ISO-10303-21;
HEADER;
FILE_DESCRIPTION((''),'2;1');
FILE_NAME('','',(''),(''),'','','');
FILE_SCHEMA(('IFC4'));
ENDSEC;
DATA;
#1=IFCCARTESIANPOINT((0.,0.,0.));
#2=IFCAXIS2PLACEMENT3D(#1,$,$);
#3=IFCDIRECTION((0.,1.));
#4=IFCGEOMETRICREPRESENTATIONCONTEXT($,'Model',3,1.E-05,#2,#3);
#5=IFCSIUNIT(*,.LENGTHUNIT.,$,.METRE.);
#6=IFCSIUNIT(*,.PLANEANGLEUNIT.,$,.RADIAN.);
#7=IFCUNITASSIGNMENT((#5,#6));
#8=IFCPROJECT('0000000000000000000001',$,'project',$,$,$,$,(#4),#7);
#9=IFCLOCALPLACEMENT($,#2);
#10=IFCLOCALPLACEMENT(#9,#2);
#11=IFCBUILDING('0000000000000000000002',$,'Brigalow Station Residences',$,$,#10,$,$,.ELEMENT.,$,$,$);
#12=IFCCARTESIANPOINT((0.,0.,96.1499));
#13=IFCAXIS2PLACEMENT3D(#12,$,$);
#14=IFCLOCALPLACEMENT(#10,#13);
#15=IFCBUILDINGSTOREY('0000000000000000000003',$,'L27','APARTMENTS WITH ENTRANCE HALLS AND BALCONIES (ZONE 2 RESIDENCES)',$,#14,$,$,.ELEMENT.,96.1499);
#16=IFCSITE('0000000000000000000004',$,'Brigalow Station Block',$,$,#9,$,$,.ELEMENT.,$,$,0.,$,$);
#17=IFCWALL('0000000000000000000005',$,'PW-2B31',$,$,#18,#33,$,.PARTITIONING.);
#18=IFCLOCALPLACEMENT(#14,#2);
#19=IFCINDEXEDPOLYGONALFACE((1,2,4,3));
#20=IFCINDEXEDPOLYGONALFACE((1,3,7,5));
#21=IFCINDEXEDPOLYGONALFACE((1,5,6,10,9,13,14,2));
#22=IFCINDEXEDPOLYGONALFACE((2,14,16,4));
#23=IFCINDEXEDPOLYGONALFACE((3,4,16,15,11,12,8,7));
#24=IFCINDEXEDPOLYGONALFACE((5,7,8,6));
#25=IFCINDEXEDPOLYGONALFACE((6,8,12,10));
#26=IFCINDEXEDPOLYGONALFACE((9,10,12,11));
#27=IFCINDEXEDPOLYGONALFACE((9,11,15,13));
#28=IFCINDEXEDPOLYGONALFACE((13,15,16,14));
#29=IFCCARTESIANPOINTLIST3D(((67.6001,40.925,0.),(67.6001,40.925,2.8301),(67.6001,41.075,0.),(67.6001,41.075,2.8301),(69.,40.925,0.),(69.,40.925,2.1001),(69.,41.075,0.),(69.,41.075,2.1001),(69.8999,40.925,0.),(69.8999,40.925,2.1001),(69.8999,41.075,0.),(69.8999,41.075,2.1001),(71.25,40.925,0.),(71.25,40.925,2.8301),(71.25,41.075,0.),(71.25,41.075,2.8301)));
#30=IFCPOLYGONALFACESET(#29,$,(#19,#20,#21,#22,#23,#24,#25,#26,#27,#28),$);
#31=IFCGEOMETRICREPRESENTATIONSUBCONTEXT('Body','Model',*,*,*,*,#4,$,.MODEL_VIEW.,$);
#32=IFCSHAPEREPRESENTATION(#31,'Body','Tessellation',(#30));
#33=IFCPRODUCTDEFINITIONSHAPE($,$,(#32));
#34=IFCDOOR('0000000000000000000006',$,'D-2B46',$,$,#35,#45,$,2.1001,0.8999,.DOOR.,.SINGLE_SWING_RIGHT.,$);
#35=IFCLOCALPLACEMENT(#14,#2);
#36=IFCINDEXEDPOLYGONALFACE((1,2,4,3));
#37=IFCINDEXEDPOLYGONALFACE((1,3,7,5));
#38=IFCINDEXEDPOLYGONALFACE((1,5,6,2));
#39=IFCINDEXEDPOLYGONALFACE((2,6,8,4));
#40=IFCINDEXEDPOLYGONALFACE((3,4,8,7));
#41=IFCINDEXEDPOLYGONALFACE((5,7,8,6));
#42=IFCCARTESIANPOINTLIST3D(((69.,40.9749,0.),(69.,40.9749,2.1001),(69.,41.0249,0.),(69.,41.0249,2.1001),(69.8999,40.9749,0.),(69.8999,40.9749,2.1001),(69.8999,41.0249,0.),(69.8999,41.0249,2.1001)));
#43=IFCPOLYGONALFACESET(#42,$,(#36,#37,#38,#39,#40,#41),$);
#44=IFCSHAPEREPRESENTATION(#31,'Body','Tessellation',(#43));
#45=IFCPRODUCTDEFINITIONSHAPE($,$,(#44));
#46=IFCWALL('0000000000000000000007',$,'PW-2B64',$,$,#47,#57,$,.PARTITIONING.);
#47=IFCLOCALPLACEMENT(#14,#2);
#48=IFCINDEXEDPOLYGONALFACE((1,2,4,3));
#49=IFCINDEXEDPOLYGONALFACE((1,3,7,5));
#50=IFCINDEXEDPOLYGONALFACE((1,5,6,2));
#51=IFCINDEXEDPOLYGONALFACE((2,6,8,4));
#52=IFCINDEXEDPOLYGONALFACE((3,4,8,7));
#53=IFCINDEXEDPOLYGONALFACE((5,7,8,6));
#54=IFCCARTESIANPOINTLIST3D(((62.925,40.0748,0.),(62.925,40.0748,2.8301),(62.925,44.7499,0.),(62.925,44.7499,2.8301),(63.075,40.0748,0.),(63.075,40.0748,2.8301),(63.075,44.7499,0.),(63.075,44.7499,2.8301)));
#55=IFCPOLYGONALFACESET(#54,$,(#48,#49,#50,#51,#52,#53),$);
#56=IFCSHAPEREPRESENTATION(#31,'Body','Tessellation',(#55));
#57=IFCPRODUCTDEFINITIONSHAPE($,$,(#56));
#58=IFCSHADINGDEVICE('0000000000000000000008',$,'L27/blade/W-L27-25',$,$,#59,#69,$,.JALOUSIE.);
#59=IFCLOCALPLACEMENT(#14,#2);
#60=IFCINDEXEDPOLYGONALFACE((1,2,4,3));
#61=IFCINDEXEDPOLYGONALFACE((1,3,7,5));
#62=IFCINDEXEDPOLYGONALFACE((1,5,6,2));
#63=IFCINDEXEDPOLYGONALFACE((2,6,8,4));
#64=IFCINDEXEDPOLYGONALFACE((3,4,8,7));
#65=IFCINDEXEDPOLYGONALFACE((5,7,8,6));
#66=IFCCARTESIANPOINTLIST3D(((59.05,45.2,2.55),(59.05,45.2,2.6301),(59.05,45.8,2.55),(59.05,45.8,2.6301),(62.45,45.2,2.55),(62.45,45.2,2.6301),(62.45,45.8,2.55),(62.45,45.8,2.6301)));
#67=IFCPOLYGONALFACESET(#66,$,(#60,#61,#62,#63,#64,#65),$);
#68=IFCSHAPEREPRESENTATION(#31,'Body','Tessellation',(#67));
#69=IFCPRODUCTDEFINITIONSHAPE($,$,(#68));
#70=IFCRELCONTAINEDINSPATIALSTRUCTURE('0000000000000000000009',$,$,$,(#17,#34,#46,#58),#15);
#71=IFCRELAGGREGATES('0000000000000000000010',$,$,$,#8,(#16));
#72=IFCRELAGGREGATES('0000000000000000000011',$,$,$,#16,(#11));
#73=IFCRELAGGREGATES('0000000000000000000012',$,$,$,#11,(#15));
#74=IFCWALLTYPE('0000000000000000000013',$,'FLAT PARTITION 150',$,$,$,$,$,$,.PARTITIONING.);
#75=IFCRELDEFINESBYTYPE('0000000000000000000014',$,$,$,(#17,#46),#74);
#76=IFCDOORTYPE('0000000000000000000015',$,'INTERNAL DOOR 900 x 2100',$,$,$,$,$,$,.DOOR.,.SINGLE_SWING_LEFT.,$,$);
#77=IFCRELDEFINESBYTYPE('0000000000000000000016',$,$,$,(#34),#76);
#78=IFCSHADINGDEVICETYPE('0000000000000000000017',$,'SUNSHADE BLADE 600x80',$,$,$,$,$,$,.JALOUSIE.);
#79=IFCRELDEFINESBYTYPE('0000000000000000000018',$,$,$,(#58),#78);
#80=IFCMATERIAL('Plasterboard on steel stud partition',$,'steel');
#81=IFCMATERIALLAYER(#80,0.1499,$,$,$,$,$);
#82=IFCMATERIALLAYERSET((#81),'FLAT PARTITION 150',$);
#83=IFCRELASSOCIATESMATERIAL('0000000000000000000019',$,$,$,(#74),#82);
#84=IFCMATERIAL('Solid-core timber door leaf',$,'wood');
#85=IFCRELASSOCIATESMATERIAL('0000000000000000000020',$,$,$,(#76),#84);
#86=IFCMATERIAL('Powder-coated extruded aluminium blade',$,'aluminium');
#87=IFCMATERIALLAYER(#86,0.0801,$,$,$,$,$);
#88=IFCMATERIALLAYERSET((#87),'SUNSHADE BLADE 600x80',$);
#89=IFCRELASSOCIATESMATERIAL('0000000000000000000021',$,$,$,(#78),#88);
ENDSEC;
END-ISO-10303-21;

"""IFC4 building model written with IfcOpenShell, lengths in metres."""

from ifc_helpers import new_model, si_unit, direction, frame, frame_2d, origin, origin_2d, place, context, subcontext, project, spatial, rectangle, extrude, material, layer, layer_set, type_object, element, fill, save


model = new_model("IFC4")

# Units and contexts
model_context = context("Model", 3, precision=1e-05, world=origin(), true_north=direction((0.0, 1.0)))
body_context = subcontext(model_context, "Body", "Model", "MODEL_VIEW")
ifc_project = project(units=[si_unit("LENGTHUNIT", "METRE"), si_unit("PLANEANGLEUNIT", "RADIAN")], contexts=[model_context])

# Site, building, storey
site_placement = place(None, origin())
site = spatial("IfcSite", under=ifc_project, at=site_placement, Name="Brigalow Station Block", CompositionType="ELEMENT", RefElevation=0.0)
building_placement = place(site_placement, origin())
building = spatial("IfcBuilding", under=site, at=building_placement, Name="Brigalow Station Residences", CompositionType="ELEMENT")
storey_placement = place(building_placement, frame((0.0, 0.0, 96.1499)))
storey = spatial("IfcBuildingStorey", under=building, at=storey_placement, Name="L27", Description="APARTMENTS WITH ENTRANCE HALLS AND BALCONIES (ZONE 2 RESIDENCES)", CompositionType="ELEMENT", Elevation=96.1499)

# Wall, opening, door
ifc_material_1 = material(Name="Plasterboard on steel stud partition", Category="steel")
ifc_layer_1 = layer(ifc_material_1, 0.1499)
ifc_layer_set_1 = layer_set([ifc_layer_1], Name="FLAT PARTITION 150")
wall_type_1 = type_object("IfcWallType", Name="FLAT PARTITION 150", PredefinedType="PARTITIONING", material=ifc_layer_set_1)
wall_1_placement = place(storey_placement, frame((67.6001, 41.0, 0.0), z_axis=(0.0, 0.0, 1.0), x_axis=(1.0, 0.0, 0.0)))
wall_1 = element("IfcWall", 1, at=wall_1_placement, inside=storey, type_object=wall_type_1, Name="PW-2B31", PredefinedType="PARTITIONING", context=body_context, shape_type="SweptSolid", body=[
    extrude(rectangle(XDim=3.6499, YDim=0.1499, at=frame_2d((1.825, 0.0))), origin(), (0.0, 0.0, 1.0), 2.8301),
])
opening_1_placement = place(wall_1_placement, frame((1.3999, 0.0, 0.0)))
opening_1 = element("IfcOpeningElement", 2, at=opening_1_placement, cuts=wall_1, PredefinedType="OPENING", context=body_context, shape_type="SweptSolid", body=[
    extrude(rectangle(XDim=0.8999, YDim=2.1001, at=frame_2d((0.45, 1.05))), frame((0.0, 0.085, 0.0), z_axis=(0.0, -1.0, 0.0), x_axis=(1.0, 0.0, 0.0)), (0.0, 0.0, 1.0), 0.1699),
])
ifc_material_2 = material(Name="Solid-core timber door leaf", Category="wood")
door_type_1 = type_object("IfcDoorType", Name="INTERNAL DOOR 900 x 2100", OperationType="SINGLE_SWING_LEFT", PredefinedType="DOOR", material=ifc_material_2)
door_1_placement = place(opening_1_placement, origin())
door_1 = element("IfcDoor", 3, at=door_1_placement, inside=storey, type_object=door_type_1, Name="D-2B46", OperationType="SINGLE_SWING_RIGHT", OverallHeight=2.1001, OverallWidth=0.8999, PredefinedType="DOOR", context=body_context, shape_type="SweptSolid", body=[
    extrude(rectangle(XDim=0.8999, YDim=2.1001, at=frame_2d((0.45, 1.05))), frame((0.0, 0.0249, 0.0), z_axis=(0.0, -1.0, 0.0), x_axis=(1.0, 0.0, 0.0)), (0.0, 0.0, 1.0), 0.05),
])
fill(opening_1, door_1)

# Wall
wall_2_placement = place(storey_placement, frame((63.0, 40.075, 0.0), z_axis=(0.0, 0.0, 1.0), x_axis=(0.0, 1.0, 0.0)))
element("IfcWall", 4, at=wall_2_placement, inside=storey, type_object=wall_type_1, Name="PW-2B64", PredefinedType="PARTITIONING", context=body_context, shape_type="SweptSolid", body=[
    extrude(rectangle(XDim=4.675, YDim=0.1499, at=frame_2d((2.3374, 0.0))), origin(), (0.0, 0.0, 1.0), 2.8301),
])

# Shading device
ifc_material_3 = material(Name="Powder-coated extruded aluminium blade", Category="aluminium")
ifc_layer_2 = layer(ifc_material_3, 0.0801)
ifc_layer_set_2 = layer_set([ifc_layer_2], Name="SUNSHADE BLADE 600x80")
shading_device_type = type_object("IfcShadingDeviceType", Name="SUNSHADE BLADE 600x80", PredefinedType="JALOUSIE", material=ifc_layer_set_2)
shading_device_placement = place(storey_placement, frame((60.75, 45.5, 2.55), z_axis=(0.0, 0.0, 1.0), x_axis=(-1.0, 0.0, 0.0)))
element("IfcShadingDevice", 5, at=shading_device_placement, inside=storey, type_object=shading_device_type, Name="L27/blade/W-L27-25", PredefinedType="JALOUSIE", context=body_context, shape_type="SweptSolid", body=[
    extrude(rectangle(XDim=3.3999, YDim=0.6001, at=origin_2d()), origin(), (0.0, 0.0, 1.0), 0.0801),
])

save(model, "model.ifc")
